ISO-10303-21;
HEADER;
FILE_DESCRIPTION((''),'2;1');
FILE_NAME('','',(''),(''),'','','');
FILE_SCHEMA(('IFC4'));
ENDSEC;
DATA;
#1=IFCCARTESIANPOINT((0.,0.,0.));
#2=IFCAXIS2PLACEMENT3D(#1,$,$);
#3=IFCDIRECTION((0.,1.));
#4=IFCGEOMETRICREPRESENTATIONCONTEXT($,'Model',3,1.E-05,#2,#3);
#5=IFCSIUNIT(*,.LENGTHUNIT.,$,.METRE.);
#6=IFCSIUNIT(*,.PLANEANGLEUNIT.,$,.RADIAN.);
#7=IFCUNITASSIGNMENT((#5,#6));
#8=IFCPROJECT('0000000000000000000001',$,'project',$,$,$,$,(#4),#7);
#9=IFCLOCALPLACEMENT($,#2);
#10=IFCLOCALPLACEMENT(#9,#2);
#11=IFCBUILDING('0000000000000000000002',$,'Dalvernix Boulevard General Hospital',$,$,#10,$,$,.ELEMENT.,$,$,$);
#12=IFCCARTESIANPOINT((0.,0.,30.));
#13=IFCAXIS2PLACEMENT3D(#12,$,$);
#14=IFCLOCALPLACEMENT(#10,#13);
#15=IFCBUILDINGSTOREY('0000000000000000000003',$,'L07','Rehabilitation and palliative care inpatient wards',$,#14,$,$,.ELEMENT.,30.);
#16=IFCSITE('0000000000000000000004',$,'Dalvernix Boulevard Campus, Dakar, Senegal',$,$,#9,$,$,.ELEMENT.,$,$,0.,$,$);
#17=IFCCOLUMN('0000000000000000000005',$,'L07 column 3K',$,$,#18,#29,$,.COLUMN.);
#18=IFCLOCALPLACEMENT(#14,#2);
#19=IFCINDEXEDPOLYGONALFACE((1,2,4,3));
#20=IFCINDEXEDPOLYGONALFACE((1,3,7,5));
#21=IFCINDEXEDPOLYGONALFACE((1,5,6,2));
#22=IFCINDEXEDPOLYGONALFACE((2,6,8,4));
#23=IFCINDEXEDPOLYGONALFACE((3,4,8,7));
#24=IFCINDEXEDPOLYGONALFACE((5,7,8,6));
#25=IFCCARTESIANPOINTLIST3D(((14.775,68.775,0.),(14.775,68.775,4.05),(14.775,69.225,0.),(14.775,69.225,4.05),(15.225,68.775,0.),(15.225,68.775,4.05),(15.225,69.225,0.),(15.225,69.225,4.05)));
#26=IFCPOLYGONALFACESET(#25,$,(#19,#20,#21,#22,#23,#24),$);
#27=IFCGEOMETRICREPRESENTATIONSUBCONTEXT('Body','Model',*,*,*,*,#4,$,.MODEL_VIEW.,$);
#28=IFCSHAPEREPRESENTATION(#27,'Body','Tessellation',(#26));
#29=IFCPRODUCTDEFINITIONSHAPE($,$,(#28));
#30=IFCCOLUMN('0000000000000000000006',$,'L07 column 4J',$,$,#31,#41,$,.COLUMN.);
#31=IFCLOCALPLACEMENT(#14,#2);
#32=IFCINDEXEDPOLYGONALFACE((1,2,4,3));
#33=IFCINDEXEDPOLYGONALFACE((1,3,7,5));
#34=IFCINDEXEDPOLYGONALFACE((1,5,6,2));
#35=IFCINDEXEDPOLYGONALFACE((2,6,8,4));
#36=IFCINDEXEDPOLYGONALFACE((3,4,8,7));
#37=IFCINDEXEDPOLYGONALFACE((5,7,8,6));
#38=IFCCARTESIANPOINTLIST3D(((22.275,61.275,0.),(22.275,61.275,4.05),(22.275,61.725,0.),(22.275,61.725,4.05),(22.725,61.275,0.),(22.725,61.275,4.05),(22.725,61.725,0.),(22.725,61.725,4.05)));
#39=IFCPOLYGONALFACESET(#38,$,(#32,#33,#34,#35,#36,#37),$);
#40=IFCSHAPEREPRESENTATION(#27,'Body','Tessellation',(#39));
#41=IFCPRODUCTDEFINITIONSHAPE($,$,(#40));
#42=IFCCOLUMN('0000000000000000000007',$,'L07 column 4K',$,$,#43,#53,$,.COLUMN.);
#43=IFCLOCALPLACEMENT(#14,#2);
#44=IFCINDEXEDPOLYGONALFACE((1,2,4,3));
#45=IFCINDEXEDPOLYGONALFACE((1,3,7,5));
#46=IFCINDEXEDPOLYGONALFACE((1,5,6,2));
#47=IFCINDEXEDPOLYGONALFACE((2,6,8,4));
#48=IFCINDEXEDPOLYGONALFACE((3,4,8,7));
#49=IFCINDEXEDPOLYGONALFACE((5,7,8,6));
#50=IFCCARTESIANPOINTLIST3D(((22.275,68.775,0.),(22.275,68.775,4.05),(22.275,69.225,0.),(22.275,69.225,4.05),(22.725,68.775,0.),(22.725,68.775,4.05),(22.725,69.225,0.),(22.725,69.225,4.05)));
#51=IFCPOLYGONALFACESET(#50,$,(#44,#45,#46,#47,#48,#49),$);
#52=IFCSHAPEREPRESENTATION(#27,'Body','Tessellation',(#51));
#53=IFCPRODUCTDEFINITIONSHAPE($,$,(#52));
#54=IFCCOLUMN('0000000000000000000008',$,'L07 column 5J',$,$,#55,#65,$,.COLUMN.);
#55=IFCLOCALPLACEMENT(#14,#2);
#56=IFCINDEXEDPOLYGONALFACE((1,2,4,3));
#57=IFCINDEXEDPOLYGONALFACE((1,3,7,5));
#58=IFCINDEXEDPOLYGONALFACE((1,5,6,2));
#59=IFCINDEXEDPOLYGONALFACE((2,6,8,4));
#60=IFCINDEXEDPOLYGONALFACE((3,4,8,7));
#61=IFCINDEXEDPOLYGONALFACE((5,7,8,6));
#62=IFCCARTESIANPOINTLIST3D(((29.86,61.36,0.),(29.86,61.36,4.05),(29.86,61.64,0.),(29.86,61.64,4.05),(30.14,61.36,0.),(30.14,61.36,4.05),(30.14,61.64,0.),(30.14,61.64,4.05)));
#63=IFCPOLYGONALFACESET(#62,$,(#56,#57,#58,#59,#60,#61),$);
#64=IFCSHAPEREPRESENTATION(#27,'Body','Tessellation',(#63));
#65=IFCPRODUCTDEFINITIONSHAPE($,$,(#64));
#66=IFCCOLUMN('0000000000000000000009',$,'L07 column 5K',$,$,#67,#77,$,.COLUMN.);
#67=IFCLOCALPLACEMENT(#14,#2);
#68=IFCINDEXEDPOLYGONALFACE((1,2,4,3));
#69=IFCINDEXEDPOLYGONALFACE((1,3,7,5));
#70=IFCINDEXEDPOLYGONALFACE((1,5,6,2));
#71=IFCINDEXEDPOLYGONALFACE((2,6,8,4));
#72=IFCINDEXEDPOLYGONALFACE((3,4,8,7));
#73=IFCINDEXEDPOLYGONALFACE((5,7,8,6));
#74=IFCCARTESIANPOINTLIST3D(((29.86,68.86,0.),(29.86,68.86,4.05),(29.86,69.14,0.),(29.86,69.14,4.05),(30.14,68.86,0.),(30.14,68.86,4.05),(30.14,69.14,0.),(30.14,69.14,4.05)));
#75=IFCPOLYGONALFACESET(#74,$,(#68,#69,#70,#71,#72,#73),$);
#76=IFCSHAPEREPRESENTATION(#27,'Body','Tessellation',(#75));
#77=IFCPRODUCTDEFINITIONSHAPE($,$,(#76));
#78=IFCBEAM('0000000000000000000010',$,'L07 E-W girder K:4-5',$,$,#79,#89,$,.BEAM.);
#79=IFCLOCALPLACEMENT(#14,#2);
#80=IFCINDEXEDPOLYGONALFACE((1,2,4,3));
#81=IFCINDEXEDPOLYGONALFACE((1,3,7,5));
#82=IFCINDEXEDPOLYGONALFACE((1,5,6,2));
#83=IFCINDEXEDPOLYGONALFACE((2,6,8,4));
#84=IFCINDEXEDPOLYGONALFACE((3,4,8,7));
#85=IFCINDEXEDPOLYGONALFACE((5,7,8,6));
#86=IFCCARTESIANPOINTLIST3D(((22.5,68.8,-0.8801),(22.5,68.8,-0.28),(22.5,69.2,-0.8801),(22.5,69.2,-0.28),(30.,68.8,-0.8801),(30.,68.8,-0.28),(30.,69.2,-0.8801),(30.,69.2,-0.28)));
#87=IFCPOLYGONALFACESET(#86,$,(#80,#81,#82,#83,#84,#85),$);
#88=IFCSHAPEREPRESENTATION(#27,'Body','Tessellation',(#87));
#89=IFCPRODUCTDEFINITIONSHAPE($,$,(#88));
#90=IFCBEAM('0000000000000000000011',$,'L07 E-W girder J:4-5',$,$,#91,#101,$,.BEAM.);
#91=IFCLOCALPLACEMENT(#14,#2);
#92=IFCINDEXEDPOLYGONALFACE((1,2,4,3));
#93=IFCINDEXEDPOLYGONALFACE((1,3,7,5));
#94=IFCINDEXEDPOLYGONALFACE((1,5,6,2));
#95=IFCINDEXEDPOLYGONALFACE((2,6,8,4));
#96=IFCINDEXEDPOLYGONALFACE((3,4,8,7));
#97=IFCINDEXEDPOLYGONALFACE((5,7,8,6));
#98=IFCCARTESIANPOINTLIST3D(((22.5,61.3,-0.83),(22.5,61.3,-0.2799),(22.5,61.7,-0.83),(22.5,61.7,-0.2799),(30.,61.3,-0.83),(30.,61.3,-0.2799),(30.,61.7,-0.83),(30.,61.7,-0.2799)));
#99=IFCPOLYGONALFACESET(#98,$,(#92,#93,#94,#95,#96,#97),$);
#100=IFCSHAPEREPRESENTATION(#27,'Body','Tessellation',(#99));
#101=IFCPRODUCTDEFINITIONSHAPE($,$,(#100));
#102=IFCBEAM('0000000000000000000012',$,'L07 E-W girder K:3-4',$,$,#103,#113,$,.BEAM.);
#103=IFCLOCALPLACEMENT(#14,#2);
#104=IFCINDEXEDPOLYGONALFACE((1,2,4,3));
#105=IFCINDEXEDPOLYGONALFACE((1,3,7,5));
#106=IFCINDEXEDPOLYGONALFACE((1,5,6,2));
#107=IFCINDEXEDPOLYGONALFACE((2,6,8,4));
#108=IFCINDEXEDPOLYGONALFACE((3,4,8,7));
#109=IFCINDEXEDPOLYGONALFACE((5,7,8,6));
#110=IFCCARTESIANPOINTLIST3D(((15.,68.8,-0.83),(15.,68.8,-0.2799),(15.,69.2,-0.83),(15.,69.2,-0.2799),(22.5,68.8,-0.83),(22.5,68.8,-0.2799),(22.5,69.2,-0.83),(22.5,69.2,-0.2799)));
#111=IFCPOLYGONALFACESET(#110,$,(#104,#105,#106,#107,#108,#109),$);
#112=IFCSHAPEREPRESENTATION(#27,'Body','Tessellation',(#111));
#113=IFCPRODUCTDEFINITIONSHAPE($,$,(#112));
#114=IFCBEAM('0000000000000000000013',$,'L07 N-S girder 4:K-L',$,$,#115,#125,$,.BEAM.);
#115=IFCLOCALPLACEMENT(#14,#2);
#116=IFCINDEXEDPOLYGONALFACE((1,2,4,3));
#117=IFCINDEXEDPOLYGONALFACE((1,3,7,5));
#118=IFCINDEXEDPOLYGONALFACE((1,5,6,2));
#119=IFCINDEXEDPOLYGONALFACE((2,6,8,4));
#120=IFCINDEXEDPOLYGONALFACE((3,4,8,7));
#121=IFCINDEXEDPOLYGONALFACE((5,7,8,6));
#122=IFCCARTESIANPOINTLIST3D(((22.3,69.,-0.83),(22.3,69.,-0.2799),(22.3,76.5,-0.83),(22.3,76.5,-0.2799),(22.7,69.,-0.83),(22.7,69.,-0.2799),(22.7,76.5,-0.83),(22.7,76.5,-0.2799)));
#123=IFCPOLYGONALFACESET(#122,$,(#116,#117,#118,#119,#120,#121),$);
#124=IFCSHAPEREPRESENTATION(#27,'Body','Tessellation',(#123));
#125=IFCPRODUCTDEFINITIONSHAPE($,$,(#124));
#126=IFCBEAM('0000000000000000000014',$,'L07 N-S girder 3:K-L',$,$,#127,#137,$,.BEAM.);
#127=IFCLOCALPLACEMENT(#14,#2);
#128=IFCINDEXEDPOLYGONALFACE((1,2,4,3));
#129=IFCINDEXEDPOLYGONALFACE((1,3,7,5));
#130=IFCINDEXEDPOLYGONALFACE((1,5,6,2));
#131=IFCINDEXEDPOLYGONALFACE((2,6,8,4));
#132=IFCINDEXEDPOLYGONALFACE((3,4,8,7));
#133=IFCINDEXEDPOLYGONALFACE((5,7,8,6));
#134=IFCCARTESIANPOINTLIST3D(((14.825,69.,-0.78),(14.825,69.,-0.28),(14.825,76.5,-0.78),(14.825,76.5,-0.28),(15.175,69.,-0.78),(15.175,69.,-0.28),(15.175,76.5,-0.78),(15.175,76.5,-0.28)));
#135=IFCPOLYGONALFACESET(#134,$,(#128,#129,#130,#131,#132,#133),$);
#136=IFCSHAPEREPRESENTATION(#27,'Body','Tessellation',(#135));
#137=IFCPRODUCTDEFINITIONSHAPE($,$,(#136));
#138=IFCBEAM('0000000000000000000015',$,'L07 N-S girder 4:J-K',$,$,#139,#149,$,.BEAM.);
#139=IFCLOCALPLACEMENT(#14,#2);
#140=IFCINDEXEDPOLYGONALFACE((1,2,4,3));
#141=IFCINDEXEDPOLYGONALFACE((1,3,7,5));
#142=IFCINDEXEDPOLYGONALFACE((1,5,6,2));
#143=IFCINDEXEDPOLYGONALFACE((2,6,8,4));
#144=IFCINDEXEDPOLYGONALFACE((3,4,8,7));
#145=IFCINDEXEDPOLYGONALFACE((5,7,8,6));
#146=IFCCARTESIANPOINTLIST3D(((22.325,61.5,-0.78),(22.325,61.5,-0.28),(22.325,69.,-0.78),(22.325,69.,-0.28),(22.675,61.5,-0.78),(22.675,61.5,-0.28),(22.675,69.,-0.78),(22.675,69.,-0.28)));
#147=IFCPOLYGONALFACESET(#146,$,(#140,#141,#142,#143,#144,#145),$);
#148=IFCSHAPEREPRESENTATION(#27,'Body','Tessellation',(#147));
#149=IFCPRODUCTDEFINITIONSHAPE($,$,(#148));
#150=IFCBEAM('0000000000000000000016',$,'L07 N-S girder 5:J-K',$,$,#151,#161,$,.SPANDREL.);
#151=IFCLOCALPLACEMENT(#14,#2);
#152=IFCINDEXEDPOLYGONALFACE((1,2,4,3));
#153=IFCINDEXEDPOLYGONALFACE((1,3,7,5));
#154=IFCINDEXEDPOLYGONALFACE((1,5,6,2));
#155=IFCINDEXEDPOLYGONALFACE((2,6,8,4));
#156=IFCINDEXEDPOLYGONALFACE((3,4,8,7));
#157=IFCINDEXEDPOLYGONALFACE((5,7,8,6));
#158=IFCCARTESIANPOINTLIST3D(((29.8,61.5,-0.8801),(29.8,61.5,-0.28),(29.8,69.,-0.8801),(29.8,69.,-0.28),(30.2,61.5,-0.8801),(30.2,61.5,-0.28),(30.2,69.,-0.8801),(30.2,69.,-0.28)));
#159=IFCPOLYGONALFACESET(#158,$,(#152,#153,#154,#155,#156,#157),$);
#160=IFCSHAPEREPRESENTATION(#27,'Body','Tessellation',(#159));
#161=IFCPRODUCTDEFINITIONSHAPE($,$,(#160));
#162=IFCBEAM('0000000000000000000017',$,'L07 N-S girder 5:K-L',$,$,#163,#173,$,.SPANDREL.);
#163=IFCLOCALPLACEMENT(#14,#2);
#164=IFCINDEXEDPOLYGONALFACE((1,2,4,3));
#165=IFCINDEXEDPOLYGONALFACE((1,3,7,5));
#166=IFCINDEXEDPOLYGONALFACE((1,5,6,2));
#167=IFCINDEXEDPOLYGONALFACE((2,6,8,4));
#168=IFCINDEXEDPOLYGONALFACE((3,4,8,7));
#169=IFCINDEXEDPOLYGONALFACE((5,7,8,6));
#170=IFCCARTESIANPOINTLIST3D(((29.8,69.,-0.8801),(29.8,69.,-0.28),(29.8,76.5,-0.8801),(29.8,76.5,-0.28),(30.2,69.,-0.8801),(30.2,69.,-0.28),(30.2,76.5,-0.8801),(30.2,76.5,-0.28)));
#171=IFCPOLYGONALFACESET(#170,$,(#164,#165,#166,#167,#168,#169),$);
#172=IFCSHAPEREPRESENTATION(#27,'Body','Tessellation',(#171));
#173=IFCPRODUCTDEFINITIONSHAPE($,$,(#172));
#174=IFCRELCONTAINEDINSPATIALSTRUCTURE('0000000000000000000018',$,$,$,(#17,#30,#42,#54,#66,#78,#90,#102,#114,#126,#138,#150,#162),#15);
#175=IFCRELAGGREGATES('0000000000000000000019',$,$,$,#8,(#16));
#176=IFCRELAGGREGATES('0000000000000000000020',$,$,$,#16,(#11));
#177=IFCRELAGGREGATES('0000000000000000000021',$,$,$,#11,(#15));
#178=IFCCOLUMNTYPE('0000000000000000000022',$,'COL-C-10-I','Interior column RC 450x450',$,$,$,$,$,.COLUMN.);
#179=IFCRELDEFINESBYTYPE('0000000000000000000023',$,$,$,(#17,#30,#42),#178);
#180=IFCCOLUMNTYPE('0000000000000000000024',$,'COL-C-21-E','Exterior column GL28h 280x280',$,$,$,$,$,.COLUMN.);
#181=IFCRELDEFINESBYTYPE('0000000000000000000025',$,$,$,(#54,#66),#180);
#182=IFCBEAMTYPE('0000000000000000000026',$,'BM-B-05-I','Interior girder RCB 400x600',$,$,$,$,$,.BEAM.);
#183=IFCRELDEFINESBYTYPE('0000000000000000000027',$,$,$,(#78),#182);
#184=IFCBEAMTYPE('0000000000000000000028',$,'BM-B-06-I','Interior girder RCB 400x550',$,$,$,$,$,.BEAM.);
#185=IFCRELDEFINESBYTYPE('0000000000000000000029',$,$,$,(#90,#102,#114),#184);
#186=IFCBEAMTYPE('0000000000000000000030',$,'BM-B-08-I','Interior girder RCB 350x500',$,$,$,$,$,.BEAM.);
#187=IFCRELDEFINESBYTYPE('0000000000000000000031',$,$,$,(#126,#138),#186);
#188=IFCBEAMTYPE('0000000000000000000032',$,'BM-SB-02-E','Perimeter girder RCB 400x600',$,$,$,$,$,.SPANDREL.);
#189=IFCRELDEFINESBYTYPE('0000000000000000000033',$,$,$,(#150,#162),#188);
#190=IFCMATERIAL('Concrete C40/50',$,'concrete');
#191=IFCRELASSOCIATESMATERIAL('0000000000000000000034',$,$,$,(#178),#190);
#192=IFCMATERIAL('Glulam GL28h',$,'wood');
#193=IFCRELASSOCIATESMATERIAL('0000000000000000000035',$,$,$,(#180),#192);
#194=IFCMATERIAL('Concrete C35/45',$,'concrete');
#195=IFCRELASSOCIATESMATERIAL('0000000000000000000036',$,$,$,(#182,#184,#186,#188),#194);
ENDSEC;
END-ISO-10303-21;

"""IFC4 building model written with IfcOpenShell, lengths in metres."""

from ifc_helpers import new_model, si_unit, direction, frame, origin, origin_2d, place, context, subcontext, project, spatial, rectangle, extrude, material, material_profile, profile_set, type_object, element, save


model = new_model("IFC4")

# Units and contexts
model_context = context("Model", 3, precision=1e-05, world=origin(), true_north=direction((0.0, 1.0)))
body_context = subcontext(model_context, "Body", "Model", "MODEL_VIEW")
ifc_project = project(units=[si_unit("LENGTHUNIT", "METRE"), si_unit("PLANEANGLEUNIT", "RADIAN")], contexts=[model_context])

# Site, building, storey
site_placement = place(None, origin())
site = spatial("IfcSite", under=ifc_project, at=site_placement, Name="Dalvernix Boulevard Campus, Dakar, Senegal", CompositionType="ELEMENT", RefElevation=0.0)
building_placement = place(site_placement, origin())
building = spatial("IfcBuilding", under=site, at=building_placement, Name="Dalvernix Boulevard General Hospital", CompositionType="ELEMENT")
storey_placement = place(building_placement, frame((0.0, 0.0, 30.0)))
storey = spatial("IfcBuildingStorey", under=building, at=storey_placement, Name="L07", Description="Rehabilitation and palliative care inpatient wards", CompositionType="ELEMENT", Elevation=30.0)

# Columns
ifc_material_1 = material(Name="Concrete C40/50", Category="concrete")
ifc_material_profile_1 = material_profile(ifc_material_1, rectangle(XDim=0.45, YDim=0.45, at=origin_2d()), Name="RC 450x450")
ifc_profile_set_1 = profile_set([ifc_material_profile_1], Name="Concrete C40/50")
column_type_1 = type_object("IfcColumnType", Name="COL-C-10-I", Description="Interior column RC 450x450", PredefinedType="COLUMN", material=ifc_profile_set_1)
for number, where, z_axis, x_axis, name in (
    (1, (15.0, 69.0, 0.0), (0.0, 0.0, 1.0), (1.0, 0.0, 0.0), "L07 column 3K"),
    (2, (22.5, 61.5, 0.0), (0.0, 0.0, 1.0), (1.0, 0.0, 0.0), "L07 column 4J"),
    (3, (22.5, 69.0, 0.0), (0.0, 0.0, 1.0), (1.0, 0.0, 0.0), "L07 column 4K"),
):
    element("IfcColumn", number, at=place(storey_placement, frame(where, z_axis=z_axis, x_axis=x_axis)), inside=storey, type_object=column_type_1, Name=name, PredefinedType="COLUMN", context=body_context, shape_type="SweptSolid", body=[
        extrude(rectangle(XDim=0.45, YDim=0.45, at=origin_2d()), origin(), (0.0, 0.0, 1.0), 4.05),
    ])
ifc_material_2 = material(Name="Glulam GL28h", Category="wood")
ifc_material_profile_2 = material_profile(ifc_material_2, rectangle(XDim=0.28, YDim=0.28, at=origin_2d()), Name="GL28h 280x280")
ifc_profile_set_2 = profile_set([ifc_material_profile_2], Name="Glulam GL28h")
column_type_2 = type_object("IfcColumnType", Name="COL-C-21-E", Description="Exterior column GL28h 280x280", PredefinedType="COLUMN", material=ifc_profile_set_2)
for number, where, z_axis, x_axis, name in (
    (4, (30.0, 61.5, 0.0), (0.0, 0.0, 1.0), (1.0, 0.0, 0.0), "L07 column 5J"),
    (5, (30.0, 69.0, 0.0), (0.0, 0.0, 1.0), (1.0, 0.0, 0.0), "L07 column 5K"),
):
    element("IfcColumn", number, at=place(storey_placement, frame(where, z_axis=z_axis, x_axis=x_axis)), inside=storey, type_object=column_type_2, Name=name, PredefinedType="COLUMN", context=body_context, shape_type="SweptSolid", body=[
        extrude(rectangle(XDim=0.28, YDim=0.28, at=origin_2d()), origin(), (0.0, 0.0, 1.0), 4.05),
    ])

# Beams
ifc_material_3 = material(Name="Concrete C35/45", Category="concrete")
ifc_material_profile_3 = material_profile(ifc_material_3, rectangle(XDim=0.3999, YDim=0.6001, at=origin_2d()), Name="RCB 400x600")
ifc_profile_set_3 = profile_set([ifc_material_profile_3], Name="Concrete C35/45")
beam_type_1 = type_object("IfcBeamType", Name="BM-B-05-I", Description="Interior girder RCB 400x600", PredefinedType="BEAM", material=ifc_profile_set_3)
beam_placement = place(storey_placement, frame((22.5, 69.0, -0.5801), z_axis=(1.0, 0.0, 0.0), x_axis=(0.0, 1.0, 0.0)))
element("IfcBeam", 6, at=beam_placement, inside=storey, type_object=beam_type_1, Name="L07 E-W girder K:4-5", PredefinedType="BEAM", context=body_context, shape_type="SweptSolid", body=[
    extrude(rectangle(XDim=0.3999, YDim=0.6001, at=origin_2d()), origin(), (0.0, 0.0, 1.0), 7.5),
])
ifc_material_profile_4 = material_profile(ifc_material_3, rectangle(XDim=0.3999, YDim=0.55, at=origin_2d()), Name="RCB 400x550")
ifc_profile_set_4 = profile_set([ifc_material_profile_4], Name="Concrete C35/45")
beam_type_2 = type_object("IfcBeamType", Name="BM-B-06-I", Description="Interior girder RCB 400x550", PredefinedType="BEAM", material=ifc_profile_set_4)
for number, where, z_axis, x_axis, name in (
    (7, (22.5, 61.5, -0.5549), (1.0, 0.0, 0.0), (0.0, 1.0, 0.0), "L07 E-W girder J:4-5"),
    (8, (15.0, 69.0, -0.5549), (1.0, 0.0, 0.0), (0.0, 1.0, 0.0), "L07 E-W girder K:3-4"),
    (9, (22.5, 69.0, -0.5549), (0.0, 1.0, 0.0), (-1.0, 0.0, 0.0), "L07 N-S girder 4:K-L"),
):
    element("IfcBeam", number, at=place(storey_placement, frame(where, z_axis=z_axis, x_axis=x_axis)), inside=storey, type_object=beam_type_2, Name=name, PredefinedType="BEAM", context=body_context, shape_type="SweptSolid", body=[
        extrude(rectangle(XDim=0.3999, YDim=0.55, at=origin_2d()), origin(), (0.0, 0.0, 1.0), 7.5),
    ])
ifc_material_profile_5 = material_profile(ifc_material_3, rectangle(XDim=0.3501, YDim=0.5, at=origin_2d()), Name="RCB 350x500")
ifc_profile_set_5 = profile_set([ifc_material_profile_5], Name="Concrete C35/45")
beam_type_3 = type_object("IfcBeamType", Name="BM-B-08-I", Description="Interior girder RCB 350x500", PredefinedType="BEAM", material=ifc_profile_set_5)
for number, where, z_axis, x_axis, name in (
    (10, (15.0, 69.0, -0.53), (0.0, 1.0, 0.0), (-1.0, 0.0, 0.0), "L07 N-S girder 3:K-L"),
    (11, (22.5, 61.5, -0.53), (0.0, 1.0, 0.0), (-1.0, 0.0, 0.0), "L07 N-S girder 4:J-K"),
):
    element("IfcBeam", number, at=place(storey_placement, frame(where, z_axis=z_axis, x_axis=x_axis)), inside=storey, type_object=beam_type_3, Name=name, PredefinedType="BEAM", context=body_context, shape_type="SweptSolid", body=[
        extrude(rectangle(XDim=0.3501, YDim=0.5, at=origin_2d()), origin(), (0.0, 0.0, 1.0), 7.5),
    ])
ifc_material_profile_6 = material_profile(ifc_material_3, rectangle(XDim=0.3999, YDim=0.6001, at=origin_2d()), Name="RCB 400x600")
ifc_profile_set_6 = profile_set([ifc_material_profile_6], Name="Concrete C35/45")
beam_type_4 = type_object("IfcBeamType", Name="BM-SB-02-E", Description="Perimeter girder RCB 400x600", PredefinedType="SPANDREL", material=ifc_profile_set_6)
for number, where, z_axis, x_axis, name in (
    (12, (30.0, 61.5, -0.5801), (0.0, 1.0, 0.0), (-1.0, 0.0, 0.0), "L07 N-S girder 5:J-K"),
    (13, (30.0, 69.0, -0.5801), (0.0, 1.0, 0.0), (-1.0, 0.0, 0.0), "L07 N-S girder 5:K-L"),
):
    element("IfcBeam", number, at=place(storey_placement, frame(where, z_axis=z_axis, x_axis=x_axis)), inside=storey, type_object=beam_type_4, Name=name, PredefinedType="SPANDREL", context=body_context, shape_type="SweptSolid", body=[
        extrude(rectangle(XDim=0.3999, YDim=0.6001, at=origin_2d()), origin(), (0.0, 0.0, 1.0), 7.5),
    ])

save(model, "model.ifc")
